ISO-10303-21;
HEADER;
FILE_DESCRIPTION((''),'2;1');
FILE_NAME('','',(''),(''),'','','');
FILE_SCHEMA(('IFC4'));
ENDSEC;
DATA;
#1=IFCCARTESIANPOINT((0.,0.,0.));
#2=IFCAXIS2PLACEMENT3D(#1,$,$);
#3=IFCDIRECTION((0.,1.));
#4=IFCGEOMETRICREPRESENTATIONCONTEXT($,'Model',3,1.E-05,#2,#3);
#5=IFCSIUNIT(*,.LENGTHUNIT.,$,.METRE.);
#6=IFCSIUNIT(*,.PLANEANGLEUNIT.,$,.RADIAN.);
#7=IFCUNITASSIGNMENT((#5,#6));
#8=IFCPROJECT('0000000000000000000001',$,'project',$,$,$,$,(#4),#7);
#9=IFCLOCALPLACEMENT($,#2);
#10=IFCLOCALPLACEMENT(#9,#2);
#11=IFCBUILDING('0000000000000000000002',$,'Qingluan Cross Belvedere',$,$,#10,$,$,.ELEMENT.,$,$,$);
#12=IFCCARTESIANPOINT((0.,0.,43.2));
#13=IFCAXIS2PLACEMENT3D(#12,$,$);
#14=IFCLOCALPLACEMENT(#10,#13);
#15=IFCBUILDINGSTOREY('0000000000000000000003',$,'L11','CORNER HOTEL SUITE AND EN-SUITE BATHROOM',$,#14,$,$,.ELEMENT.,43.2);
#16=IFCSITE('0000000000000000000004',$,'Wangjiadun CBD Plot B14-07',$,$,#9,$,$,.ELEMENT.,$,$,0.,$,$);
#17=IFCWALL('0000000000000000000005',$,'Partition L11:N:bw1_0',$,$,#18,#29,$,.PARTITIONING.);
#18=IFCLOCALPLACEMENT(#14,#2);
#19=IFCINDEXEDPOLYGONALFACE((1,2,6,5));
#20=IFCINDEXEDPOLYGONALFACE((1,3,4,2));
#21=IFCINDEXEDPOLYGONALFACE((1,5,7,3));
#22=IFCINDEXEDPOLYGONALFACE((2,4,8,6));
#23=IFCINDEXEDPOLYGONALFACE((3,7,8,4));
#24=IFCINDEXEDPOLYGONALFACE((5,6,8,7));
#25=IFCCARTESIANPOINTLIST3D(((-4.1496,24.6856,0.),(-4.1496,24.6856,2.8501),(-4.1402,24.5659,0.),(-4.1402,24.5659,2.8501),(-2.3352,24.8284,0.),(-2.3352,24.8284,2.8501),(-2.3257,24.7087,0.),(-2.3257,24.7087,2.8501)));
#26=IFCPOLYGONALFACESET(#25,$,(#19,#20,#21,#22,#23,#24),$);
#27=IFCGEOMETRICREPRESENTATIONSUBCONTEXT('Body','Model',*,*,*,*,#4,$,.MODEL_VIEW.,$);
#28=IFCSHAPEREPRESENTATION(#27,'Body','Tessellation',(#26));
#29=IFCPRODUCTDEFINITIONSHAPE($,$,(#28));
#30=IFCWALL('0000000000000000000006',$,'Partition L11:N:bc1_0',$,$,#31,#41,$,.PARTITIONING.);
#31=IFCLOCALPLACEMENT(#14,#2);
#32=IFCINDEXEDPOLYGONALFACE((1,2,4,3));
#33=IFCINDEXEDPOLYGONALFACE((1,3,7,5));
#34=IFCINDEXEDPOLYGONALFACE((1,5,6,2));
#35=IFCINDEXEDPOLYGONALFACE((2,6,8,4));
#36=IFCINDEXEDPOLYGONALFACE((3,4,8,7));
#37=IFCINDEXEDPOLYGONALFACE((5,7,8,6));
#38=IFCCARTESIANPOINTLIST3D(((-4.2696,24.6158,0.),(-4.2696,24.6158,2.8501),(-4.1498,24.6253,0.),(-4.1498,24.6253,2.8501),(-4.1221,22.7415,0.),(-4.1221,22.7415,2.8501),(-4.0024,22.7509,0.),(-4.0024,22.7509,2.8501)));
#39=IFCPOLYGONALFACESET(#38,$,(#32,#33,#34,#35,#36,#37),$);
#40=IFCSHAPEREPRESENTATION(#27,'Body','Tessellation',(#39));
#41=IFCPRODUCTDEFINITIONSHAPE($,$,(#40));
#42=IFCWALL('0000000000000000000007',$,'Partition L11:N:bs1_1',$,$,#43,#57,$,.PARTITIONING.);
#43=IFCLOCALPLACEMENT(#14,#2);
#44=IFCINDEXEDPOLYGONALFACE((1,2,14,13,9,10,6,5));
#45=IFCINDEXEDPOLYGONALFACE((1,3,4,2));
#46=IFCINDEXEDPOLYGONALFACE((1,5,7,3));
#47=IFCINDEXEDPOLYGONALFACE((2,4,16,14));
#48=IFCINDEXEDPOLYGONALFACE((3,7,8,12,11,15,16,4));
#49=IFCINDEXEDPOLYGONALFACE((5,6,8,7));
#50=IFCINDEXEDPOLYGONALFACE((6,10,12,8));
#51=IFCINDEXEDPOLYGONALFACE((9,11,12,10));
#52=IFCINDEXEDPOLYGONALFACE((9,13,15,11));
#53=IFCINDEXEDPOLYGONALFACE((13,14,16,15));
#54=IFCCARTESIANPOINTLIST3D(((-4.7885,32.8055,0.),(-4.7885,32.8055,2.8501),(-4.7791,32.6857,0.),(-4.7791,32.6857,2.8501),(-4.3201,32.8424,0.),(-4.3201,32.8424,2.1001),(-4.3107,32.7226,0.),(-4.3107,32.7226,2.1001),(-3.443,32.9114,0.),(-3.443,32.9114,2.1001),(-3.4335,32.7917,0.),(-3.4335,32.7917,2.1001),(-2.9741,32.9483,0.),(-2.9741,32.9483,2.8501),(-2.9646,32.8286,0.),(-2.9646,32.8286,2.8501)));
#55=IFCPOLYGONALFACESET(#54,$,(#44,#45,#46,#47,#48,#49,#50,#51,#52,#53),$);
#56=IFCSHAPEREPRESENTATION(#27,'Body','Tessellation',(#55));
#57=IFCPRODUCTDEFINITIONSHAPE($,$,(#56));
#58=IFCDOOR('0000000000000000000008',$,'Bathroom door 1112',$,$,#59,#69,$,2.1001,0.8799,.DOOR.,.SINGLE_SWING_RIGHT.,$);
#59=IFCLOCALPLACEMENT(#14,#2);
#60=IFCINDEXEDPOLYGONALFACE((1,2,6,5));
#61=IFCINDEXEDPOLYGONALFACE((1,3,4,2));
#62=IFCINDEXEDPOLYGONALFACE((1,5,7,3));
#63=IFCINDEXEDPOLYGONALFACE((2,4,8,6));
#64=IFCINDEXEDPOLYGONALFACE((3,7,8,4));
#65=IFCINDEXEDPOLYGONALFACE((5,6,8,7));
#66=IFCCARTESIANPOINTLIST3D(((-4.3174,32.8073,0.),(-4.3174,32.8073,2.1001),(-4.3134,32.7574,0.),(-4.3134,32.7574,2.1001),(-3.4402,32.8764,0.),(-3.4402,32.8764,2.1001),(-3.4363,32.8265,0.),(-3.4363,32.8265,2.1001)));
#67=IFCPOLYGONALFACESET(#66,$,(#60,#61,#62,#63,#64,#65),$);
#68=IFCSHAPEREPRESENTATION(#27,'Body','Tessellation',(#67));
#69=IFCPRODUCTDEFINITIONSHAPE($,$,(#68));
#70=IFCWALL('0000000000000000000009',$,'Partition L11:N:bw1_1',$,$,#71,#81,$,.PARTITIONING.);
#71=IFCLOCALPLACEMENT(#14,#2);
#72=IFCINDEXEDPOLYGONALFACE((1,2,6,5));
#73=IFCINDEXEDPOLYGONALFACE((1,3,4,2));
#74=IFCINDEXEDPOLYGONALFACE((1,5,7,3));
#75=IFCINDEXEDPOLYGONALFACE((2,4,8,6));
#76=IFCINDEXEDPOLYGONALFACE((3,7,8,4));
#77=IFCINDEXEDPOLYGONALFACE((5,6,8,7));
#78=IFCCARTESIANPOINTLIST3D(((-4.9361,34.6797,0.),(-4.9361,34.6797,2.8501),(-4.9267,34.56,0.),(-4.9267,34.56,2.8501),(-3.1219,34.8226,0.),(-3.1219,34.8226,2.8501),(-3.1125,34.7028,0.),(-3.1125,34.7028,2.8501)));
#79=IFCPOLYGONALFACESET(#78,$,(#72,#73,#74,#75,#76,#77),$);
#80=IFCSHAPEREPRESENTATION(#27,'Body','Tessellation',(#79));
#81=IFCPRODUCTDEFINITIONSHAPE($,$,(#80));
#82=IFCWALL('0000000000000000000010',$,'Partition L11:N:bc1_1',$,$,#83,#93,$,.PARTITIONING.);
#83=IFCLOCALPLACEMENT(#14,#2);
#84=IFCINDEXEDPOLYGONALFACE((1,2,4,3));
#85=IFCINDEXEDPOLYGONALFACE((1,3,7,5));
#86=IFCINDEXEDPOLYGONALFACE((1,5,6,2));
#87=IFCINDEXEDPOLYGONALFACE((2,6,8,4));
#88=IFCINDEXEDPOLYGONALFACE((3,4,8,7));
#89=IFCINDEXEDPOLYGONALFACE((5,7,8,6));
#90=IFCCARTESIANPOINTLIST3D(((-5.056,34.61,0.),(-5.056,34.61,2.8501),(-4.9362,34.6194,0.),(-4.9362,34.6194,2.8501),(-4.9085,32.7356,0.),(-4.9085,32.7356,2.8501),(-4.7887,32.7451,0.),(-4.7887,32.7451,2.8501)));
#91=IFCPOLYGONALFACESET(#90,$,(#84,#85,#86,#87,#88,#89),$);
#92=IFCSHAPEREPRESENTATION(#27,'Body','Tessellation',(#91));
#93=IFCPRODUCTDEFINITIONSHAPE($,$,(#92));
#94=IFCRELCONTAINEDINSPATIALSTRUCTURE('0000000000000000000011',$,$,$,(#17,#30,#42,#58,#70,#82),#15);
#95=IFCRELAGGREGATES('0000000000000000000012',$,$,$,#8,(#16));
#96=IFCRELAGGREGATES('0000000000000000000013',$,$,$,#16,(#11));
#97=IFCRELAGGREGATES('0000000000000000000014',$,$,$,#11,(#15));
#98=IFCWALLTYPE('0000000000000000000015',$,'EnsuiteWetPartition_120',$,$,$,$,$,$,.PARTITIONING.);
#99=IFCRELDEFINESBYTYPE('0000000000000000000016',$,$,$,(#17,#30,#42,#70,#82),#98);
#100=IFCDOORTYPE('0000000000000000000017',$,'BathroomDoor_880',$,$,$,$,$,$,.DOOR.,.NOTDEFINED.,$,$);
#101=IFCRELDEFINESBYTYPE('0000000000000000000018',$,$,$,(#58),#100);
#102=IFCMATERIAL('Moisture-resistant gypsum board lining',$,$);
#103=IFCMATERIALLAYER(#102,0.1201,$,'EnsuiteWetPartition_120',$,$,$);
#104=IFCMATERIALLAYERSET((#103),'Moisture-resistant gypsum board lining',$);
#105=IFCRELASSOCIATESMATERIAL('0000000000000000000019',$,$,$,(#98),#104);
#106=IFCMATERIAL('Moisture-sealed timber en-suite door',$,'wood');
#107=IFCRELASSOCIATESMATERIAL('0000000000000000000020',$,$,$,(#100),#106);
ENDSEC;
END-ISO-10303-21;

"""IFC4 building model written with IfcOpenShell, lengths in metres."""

from ifc_helpers import new_model, si_unit, direction, frame, frame_2d, origin, place, context, subcontext, project, spatial, rectangle, extrude, material, layer, layer_set, type_object, element, fill, save


model = new_model("IFC4")

# Units and contexts
model_context = context("Model", 3, precision=1e-05, world=origin(), true_north=direction((0.0, 1.0)))
body_context = subcontext(model_context, "Body", "Model", "MODEL_VIEW")
ifc_project = project(units=[si_unit("LENGTHUNIT", "METRE"), si_unit("PLANEANGLEUNIT", "RADIAN")], contexts=[model_context])

# Site, building, storey
site_placement = place(None, origin())
site = spatial("IfcSite", under=ifc_project, at=site_placement, Name="Wangjiadun CBD Plot B14-07", CompositionType="ELEMENT", RefElevation=0.0)
building_placement = place(site_placement, origin())
building = spatial("IfcBuilding", under=site, at=building_placement, Name="Qingluan Cross Belvedere", CompositionType="ELEMENT")
storey_placement = place(building_placement, frame((0.0, 0.0, 43.2)))
storey = spatial("IfcBuildingStorey", under=building, at=storey_placement, Name="L11", Description="CORNER HOTEL SUITE AND EN-SUITE BATHROOM", CompositionType="ELEMENT", Elevation=43.2)

# Shared definitions
ifc_material_1 = material(Name="Moisture-resistant gypsum board lining")
ifc_layer_1 = layer(ifc_material_1, 0.1201, Name="EnsuiteWetPartition_120")
ifc_layer_set_1 = layer_set([ifc_layer_1], Name="Moisture-resistant gypsum board lining")
wall_type_1 = type_object("IfcWallType", Name="EnsuiteWetPartition_120", PredefinedType="PARTITIONING", material=ifc_layer_set_1)
ifc_material_2 = material(Name="Moisture-sealed timber en-suite door", Category="wood")
door_type_1 = type_object("IfcDoorType", Name="BathroomDoor_880", OperationType="NOTDEFINED", PredefinedType="DOOR", material=ifc_material_2)

# Walls
wall_1_placement = place(storey_placement, frame((-4.145, 24.6257, 0.0), z_axis=(0.0, 0.0, 1.0), x_axis=(0.996916, 0.078471, 0.0)))
element("IfcWall", 1, at=wall_1_placement, inside=storey, type_object=wall_type_1, Name="Partition L11:N:bw1_0", PredefinedType="PARTITIONING", context=body_context, shape_type="SweptSolid", body=[
    extrude(rectangle(XDim=1.8201, YDim=0.1201, at=frame_2d((0.9102, 0.0))), origin(), (0.0, 0.0, 1.0), 2.8501),
])
wall_2_placement = place(storey_placement, frame((-4.0623, 22.7463, 0.0), z_axis=(0.0, 0.0, 1.0), x_axis=(-0.078434, 0.996919, 0.0)))
element("IfcWall", 2, at=wall_2_placement, inside=storey, type_object=wall_type_1, Name="Partition L11:N:bc1_0", PredefinedType="PARTITIONING", context=body_context, shape_type="SweptSolid", body=[
    extrude(rectangle(XDim=1.8801, YDim=0.1201, at=frame_2d((0.9399, 0.0))), origin(), (0.0, 0.0, 1.0), 2.8501),
])

# Wall, opening, door
wall_3_placement = place(storey_placement, frame((-4.7839, 32.7456, 0.0), z_axis=(0.0, 0.0, 1.0), x_axis=(0.996916, 0.078471, 0.0)))
wall_3 = element("IfcWall", 3, at=wall_3_placement, inside=storey, type_object=wall_type_1, Name="Partition L11:N:bs1_1", PredefinedType="PARTITIONING", context=body_context, shape_type="SweptSolid", body=[
    extrude(rectangle(XDim=1.8201, YDim=0.1201, at=frame_2d((0.9102, 0.0))), origin(), (0.0, 0.0, 1.0), 2.8501),
])
opening_1_placement = place(wall_3_placement, frame((0.47, 0.0, 0.0)))
opening_1 = element("IfcOpeningElement", 4, at=opening_1_placement, cuts=wall_3, PredefinedType="OPENING", context=body_context, shape_type="SweptSolid", body=[
    extrude(rectangle(XDim=0.8799, YDim=2.1001, at=frame_2d((0.4399, 1.05))), frame((0.0, 0.0701, 0.0), z_axis=(0.0, -1.0, 0.0), x_axis=(1.0, 0.0, 0.0)), (0.0, 0.0, 1.0), 0.1401),
])
door_1_placement = place(opening_1_placement, origin())
door_1 = element("IfcDoor", 5, at=door_1_placement, inside=storey, type_object=door_type_1, Name="Bathroom door 1112", OperationType="SINGLE_SWING_RIGHT", OverallHeight=2.1001, OverallWidth=0.8799, PredefinedType="DOOR", context=body_context, shape_type="SweptSolid", body=[
    extrude(rectangle(XDim=0.8799, YDim=2.1001, at=frame_2d((0.4399, 1.05))), frame((0.0, 0.0249, 0.0), z_axis=(0.0, -1.0, 0.0), x_axis=(1.0, 0.0, 0.0)), (0.0, 0.0, 1.0), 0.05),
])
fill(opening_1, door_1)

# Walls
wall_4_placement = place(storey_placement, frame((-4.9314, 34.6199, 0.0), z_axis=(0.0, 0.0, 1.0), x_axis=(0.996916, 0.078481, 0.0)))
element("IfcWall", 6, at=wall_4_placement, inside=storey, type_object=wall_type_1, Name="Partition L11:N:bw1_1", PredefinedType="PARTITIONING", context=body_context, shape_type="SweptSolid", body=[
    extrude(rectangle(XDim=1.8198, YDim=0.1201, at=frame_2d((0.9099, 0.0))), origin(), (0.0, 0.0, 1.0), 2.8501),
])
wall_5_placement = place(storey_placement, frame((-4.8486, 32.7405, 0.0), z_axis=(0.0, 0.0, 1.0), x_axis=(-0.078434, 0.996919, 0.0)))
element("IfcWall", 7, at=wall_5_placement, inside=storey, type_object=wall_type_1, Name="Partition L11:N:bc1_1", PredefinedType="PARTITIONING", context=body_context, shape_type="SweptSolid", body=[
    extrude(rectangle(XDim=1.8801, YDim=0.1201, at=frame_2d((0.9399, 0.0))), origin(), (0.0, 0.0, 1.0), 2.8501),
])

save(model, "model.ifc")
